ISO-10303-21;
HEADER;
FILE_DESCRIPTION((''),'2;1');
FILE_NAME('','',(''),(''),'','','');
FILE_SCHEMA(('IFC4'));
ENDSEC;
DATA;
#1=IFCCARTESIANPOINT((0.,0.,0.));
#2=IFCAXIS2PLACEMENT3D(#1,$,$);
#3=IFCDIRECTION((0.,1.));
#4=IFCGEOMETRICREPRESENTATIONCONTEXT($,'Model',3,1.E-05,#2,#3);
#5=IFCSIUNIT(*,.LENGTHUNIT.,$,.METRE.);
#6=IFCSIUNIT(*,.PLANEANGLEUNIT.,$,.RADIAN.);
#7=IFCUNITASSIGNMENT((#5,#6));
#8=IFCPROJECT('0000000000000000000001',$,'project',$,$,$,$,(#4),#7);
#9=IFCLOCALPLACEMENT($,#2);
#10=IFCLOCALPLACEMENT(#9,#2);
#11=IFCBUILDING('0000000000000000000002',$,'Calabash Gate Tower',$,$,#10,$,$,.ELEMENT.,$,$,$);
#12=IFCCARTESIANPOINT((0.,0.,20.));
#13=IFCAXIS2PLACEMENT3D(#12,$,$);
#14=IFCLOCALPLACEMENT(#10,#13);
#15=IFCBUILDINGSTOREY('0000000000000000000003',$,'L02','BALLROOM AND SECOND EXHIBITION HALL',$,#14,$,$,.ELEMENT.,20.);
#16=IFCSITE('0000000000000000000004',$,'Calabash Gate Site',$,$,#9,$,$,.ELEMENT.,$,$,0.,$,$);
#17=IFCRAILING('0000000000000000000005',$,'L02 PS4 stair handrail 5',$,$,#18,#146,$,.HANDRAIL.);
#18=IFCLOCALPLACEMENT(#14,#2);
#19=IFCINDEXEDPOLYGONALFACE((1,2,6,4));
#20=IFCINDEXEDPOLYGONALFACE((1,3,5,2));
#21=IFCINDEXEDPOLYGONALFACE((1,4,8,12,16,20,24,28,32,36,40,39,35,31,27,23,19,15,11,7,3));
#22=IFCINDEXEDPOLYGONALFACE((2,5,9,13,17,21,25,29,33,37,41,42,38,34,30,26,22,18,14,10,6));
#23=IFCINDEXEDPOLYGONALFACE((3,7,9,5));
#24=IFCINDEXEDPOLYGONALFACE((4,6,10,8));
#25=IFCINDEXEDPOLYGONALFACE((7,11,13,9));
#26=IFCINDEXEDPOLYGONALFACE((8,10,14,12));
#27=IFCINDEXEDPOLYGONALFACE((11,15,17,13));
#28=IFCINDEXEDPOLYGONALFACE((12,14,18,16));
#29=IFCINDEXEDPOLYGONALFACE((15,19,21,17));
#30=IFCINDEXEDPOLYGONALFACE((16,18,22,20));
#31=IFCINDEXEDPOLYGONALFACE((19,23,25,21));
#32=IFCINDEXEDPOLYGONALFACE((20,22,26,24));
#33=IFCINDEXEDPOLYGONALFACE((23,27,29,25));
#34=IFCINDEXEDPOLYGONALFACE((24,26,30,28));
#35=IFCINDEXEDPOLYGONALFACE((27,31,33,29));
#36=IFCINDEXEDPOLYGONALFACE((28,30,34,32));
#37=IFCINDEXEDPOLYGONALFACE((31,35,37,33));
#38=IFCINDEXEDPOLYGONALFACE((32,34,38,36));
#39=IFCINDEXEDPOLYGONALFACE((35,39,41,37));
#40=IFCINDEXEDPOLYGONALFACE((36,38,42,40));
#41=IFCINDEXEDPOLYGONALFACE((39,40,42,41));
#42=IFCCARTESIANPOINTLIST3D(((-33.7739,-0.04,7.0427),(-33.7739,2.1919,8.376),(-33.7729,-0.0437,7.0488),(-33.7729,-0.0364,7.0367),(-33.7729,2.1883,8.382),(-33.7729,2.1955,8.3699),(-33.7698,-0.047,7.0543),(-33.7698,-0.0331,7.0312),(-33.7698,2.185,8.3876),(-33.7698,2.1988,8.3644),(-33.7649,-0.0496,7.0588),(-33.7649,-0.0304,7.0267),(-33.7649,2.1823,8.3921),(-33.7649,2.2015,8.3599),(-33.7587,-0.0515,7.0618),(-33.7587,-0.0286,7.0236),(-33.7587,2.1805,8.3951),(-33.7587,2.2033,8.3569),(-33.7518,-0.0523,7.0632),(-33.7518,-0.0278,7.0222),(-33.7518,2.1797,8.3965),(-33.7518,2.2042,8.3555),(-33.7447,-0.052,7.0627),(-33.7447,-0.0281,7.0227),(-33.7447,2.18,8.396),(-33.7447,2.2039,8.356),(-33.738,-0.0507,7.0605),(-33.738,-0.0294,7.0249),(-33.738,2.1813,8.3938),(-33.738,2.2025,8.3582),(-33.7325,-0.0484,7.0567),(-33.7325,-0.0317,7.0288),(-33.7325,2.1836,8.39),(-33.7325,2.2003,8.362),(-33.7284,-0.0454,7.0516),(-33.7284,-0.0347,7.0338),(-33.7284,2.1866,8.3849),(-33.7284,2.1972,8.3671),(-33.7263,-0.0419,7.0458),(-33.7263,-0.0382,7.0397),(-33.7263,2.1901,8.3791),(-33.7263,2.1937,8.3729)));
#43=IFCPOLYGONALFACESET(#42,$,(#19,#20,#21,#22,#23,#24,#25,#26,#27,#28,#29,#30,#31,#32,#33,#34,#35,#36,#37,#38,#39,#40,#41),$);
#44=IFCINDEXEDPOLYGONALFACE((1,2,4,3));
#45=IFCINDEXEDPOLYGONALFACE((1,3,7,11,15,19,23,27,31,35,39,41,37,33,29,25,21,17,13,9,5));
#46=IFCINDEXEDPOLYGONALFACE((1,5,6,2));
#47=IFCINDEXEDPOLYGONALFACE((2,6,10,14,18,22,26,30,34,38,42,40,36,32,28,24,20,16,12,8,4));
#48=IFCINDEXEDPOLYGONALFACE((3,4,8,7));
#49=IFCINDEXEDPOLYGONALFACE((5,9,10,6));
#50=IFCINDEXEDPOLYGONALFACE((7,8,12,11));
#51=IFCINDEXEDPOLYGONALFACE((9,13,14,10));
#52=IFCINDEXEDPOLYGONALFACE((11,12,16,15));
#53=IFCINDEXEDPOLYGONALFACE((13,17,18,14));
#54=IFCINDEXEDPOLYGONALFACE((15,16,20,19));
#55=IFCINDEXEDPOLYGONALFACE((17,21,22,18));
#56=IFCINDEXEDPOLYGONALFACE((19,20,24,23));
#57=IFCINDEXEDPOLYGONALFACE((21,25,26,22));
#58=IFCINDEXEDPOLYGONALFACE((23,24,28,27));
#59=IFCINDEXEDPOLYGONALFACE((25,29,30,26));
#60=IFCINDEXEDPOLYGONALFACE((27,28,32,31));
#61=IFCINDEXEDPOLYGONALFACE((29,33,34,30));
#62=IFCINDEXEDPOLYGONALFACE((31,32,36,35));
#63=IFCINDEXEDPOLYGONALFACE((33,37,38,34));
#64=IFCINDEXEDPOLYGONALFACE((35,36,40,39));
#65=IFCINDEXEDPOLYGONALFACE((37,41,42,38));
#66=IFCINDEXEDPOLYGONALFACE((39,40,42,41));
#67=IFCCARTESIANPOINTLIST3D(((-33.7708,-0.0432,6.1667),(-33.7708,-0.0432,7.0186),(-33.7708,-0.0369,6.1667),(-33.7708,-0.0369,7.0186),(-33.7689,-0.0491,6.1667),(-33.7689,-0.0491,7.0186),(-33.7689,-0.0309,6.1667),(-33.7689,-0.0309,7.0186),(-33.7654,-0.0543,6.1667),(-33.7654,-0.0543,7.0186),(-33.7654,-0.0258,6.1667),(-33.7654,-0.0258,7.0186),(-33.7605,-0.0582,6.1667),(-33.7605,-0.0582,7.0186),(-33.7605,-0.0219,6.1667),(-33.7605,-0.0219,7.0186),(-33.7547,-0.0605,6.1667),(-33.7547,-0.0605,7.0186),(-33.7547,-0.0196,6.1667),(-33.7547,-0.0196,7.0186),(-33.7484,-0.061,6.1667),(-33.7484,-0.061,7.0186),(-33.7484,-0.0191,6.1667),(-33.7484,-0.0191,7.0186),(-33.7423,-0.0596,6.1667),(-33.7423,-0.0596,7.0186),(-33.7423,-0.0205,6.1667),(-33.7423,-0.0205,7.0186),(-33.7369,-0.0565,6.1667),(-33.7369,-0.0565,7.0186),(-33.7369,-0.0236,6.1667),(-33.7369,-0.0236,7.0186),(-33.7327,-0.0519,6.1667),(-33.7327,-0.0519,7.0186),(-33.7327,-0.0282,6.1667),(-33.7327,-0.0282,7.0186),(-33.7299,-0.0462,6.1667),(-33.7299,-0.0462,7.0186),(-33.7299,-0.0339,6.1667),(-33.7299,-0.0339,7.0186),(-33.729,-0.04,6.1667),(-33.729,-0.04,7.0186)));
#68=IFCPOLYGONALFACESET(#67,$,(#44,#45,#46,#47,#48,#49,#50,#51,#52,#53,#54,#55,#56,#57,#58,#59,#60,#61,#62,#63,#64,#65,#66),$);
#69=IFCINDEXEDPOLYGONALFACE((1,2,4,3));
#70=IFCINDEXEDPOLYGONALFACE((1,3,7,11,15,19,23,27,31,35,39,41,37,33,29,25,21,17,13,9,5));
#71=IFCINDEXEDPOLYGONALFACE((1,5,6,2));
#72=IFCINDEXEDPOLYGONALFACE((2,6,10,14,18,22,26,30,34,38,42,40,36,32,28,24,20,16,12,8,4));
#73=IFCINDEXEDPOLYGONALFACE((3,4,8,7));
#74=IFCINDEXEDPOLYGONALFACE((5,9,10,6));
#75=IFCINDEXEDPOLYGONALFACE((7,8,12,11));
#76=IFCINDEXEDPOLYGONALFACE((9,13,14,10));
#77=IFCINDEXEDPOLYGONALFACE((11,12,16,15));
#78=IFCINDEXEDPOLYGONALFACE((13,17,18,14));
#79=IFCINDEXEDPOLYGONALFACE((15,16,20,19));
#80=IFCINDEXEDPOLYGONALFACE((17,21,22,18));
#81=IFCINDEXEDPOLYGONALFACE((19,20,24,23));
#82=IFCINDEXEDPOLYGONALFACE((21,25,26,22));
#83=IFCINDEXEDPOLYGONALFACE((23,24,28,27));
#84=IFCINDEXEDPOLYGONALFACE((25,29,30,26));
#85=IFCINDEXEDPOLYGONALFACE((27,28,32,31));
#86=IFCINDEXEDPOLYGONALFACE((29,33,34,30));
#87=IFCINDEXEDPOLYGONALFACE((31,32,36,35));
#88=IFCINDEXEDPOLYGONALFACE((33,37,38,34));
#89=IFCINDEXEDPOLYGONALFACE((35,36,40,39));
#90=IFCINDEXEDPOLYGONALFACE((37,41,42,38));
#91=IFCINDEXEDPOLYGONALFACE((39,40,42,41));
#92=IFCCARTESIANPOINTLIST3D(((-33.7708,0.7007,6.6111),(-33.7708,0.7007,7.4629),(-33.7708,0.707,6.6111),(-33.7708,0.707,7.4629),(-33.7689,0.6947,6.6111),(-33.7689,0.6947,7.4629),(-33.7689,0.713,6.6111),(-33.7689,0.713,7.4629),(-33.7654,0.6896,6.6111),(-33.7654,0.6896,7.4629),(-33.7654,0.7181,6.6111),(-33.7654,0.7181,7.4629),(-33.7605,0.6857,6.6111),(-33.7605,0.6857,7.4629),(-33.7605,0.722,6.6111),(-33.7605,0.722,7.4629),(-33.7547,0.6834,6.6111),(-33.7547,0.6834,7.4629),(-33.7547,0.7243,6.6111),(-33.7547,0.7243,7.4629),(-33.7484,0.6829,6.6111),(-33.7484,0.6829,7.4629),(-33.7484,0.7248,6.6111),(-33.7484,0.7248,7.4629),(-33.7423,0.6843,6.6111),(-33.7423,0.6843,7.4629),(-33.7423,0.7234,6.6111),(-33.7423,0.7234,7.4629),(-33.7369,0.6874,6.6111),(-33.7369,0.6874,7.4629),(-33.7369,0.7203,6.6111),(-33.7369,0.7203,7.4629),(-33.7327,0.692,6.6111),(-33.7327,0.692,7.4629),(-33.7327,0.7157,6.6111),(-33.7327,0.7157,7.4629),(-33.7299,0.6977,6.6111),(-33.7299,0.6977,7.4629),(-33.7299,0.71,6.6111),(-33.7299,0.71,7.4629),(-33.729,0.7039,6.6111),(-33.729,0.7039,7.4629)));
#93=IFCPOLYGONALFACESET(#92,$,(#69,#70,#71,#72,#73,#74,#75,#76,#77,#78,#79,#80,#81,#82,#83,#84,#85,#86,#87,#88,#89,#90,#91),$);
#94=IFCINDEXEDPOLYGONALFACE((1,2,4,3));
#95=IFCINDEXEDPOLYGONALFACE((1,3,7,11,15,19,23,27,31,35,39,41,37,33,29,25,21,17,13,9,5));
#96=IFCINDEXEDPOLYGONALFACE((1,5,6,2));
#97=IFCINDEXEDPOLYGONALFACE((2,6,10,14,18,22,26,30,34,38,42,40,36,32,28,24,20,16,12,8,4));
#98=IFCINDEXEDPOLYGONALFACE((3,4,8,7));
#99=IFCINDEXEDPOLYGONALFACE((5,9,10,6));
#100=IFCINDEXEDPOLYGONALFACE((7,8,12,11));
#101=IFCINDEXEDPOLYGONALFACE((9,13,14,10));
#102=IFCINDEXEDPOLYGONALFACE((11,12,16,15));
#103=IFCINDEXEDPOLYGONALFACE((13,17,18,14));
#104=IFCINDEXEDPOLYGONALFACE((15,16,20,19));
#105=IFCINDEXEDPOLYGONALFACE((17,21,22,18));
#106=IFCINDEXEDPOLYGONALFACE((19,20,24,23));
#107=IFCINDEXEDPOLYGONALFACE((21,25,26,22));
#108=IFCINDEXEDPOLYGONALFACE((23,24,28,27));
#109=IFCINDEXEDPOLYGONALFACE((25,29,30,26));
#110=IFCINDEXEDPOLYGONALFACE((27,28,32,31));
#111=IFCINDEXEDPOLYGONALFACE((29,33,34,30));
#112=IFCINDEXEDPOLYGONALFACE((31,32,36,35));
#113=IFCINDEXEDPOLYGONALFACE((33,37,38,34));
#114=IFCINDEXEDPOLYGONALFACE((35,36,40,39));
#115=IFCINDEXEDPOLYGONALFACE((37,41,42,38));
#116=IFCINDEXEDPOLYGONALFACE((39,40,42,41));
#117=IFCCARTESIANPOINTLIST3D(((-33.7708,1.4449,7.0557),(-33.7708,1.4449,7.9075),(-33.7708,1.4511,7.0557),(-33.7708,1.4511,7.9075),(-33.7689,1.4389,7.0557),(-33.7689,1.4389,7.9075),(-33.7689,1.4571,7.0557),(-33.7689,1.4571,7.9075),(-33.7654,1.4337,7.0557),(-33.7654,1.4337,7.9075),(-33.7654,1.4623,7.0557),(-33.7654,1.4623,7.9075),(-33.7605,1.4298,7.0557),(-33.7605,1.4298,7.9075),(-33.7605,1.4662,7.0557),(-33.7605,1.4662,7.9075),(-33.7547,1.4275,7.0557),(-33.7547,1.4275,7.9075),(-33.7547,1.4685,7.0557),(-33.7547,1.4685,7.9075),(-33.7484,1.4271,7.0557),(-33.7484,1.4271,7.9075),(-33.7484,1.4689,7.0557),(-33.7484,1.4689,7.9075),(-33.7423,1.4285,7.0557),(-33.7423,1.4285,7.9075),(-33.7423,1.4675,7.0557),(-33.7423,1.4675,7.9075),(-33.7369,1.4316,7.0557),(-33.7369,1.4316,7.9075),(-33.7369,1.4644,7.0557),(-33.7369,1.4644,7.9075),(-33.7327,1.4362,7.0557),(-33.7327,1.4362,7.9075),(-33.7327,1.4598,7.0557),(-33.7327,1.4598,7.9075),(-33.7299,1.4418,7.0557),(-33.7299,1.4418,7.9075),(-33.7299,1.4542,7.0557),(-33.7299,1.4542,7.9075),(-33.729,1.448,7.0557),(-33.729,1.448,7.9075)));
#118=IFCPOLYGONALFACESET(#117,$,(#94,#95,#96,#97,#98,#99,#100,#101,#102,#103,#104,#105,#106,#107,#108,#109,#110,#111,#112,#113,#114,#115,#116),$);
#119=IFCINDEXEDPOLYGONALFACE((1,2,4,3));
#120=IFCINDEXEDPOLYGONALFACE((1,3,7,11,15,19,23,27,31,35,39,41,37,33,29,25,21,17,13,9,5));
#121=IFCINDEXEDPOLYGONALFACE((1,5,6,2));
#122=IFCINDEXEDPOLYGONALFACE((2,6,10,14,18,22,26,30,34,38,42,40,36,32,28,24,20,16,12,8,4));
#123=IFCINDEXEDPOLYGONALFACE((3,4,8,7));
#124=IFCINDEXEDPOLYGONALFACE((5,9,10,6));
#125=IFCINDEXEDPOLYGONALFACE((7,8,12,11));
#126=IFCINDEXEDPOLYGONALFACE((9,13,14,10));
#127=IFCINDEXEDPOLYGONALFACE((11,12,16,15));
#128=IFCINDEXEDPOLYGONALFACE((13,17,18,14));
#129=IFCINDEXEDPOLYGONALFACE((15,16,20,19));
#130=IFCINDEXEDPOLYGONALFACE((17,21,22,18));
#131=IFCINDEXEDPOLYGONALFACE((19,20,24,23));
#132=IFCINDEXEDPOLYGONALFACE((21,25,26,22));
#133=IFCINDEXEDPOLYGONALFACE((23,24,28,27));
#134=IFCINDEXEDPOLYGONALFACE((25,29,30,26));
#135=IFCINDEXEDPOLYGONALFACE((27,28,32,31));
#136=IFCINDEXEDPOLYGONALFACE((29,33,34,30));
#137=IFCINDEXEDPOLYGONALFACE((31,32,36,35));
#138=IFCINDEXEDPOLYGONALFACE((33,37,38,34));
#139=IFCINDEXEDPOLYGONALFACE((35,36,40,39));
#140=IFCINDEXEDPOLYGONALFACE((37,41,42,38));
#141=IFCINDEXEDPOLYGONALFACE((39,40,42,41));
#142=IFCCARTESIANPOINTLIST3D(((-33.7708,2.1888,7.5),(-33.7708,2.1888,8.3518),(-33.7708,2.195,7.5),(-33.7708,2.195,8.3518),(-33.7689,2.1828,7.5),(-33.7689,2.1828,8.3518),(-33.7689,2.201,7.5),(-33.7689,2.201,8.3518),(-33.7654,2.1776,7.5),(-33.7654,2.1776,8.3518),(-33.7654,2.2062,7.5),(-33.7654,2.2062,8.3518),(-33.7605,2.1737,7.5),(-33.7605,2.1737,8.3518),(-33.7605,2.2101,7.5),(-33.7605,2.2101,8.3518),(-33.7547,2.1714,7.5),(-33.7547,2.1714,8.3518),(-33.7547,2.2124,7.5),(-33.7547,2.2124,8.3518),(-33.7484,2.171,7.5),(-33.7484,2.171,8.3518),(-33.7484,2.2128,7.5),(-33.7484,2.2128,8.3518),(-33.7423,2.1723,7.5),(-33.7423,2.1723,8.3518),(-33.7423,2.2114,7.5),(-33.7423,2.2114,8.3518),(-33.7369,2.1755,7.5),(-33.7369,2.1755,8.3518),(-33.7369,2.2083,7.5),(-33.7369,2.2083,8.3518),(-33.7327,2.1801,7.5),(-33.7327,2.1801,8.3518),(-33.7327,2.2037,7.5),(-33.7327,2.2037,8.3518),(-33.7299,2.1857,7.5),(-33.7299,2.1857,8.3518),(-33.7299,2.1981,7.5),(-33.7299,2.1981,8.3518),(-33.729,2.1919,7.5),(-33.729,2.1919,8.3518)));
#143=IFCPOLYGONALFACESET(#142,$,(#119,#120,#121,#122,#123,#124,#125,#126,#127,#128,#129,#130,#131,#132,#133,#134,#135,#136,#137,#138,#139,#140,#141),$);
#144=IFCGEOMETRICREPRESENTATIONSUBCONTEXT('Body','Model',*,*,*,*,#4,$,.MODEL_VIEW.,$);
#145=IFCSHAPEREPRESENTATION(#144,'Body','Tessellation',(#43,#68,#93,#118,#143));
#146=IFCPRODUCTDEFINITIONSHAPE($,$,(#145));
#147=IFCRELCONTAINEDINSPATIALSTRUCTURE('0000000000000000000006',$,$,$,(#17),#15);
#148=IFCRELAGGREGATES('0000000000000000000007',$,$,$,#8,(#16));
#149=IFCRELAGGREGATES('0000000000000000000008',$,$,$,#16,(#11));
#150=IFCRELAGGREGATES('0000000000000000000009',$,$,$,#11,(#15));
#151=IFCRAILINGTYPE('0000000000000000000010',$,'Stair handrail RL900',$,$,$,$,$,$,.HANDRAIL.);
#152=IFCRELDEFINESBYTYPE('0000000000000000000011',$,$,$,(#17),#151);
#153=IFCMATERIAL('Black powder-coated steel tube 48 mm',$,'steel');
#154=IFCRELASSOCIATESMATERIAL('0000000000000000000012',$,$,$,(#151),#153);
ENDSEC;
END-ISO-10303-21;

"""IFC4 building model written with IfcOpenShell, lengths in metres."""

from ifc_helpers import new_model, si_unit, direction, frame, origin, origin_2d, place, context, subcontext, project, spatial, circle, extrude, material, type_object, element, save


model = new_model("IFC4")

# Units and contexts
model_context = context("Model", 3, precision=1e-05, world=origin(), true_north=direction((0.0, 1.0)))
body_context = subcontext(model_context, "Body", "Model", "MODEL_VIEW")
ifc_project = project(units=[si_unit("LENGTHUNIT", "METRE"), si_unit("PLANEANGLEUNIT", "RADIAN")], contexts=[model_context])

# Site, building, storey
site_placement = place(None, origin())
site = spatial("IfcSite", under=ifc_project, at=site_placement, Name="Calabash Gate Site", CompositionType="ELEMENT", RefElevation=0.0)
building_placement = place(site_placement, origin())
building = spatial("IfcBuilding", under=site, at=building_placement, Name="Calabash Gate Tower", CompositionType="ELEMENT")
storey_placement = place(building_placement, frame((0.0, 0.0, 20.0)))
storey = spatial("IfcBuildingStorey", under=building, at=storey_placement, Name="L02", Description="BALLROOM AND SECOND EXHIBITION HALL", CompositionType="ELEMENT", Elevation=20.0)

# Railing
ifc_material_1 = material(Name="Black powder-coated steel tube 48 mm", Category="steel")
railing_type_1 = type_object("IfcRailingType", Name="Stair handrail RL900", PredefinedType="HANDRAIL", material=ifc_material_1)
for number, where, name in (
    (1, (-33.75, -0.04, 6.1667), "L02 PS4 stair handrail 5"),
):
    element("IfcRailing", number, at=place(storey_placement, frame(where)), inside=storey, type_object=railing_type_1, Name=name, PredefinedType="HANDRAIL", context=body_context, shape_type="SweptSolid", body=[
        extrude(circle(Radius=0.0239, at=origin_2d()), frame((0.0, 0.0, 0.876), z_axis=(0.0, 0.858494, 0.512824), x_axis=(-1.0, 0.0, 0.0)), (0.0, 0.0, 1.0), 2.5999),
        extrude(circle(Radius=0.021, at=origin_2d()), origin(), (0.0, 0.0, 1.0), 0.8518),
        extrude(circle(Radius=0.021, at=origin_2d()), frame((0.0, 0.7439, 0.4443)), (0.0, 0.0, 1.0), 0.8518),
        extrude(circle(Radius=0.021, at=origin_2d()), frame((0.0, 1.488, 0.8889)), (0.0, 0.0, 1.0), 0.8518),
        extrude(circle(Radius=0.021, at=origin_2d()), frame((0.0, 2.2319, 1.3333)), (0.0, 0.0, 1.0), 0.8518),
    ])

save(model, "model.ifc")
